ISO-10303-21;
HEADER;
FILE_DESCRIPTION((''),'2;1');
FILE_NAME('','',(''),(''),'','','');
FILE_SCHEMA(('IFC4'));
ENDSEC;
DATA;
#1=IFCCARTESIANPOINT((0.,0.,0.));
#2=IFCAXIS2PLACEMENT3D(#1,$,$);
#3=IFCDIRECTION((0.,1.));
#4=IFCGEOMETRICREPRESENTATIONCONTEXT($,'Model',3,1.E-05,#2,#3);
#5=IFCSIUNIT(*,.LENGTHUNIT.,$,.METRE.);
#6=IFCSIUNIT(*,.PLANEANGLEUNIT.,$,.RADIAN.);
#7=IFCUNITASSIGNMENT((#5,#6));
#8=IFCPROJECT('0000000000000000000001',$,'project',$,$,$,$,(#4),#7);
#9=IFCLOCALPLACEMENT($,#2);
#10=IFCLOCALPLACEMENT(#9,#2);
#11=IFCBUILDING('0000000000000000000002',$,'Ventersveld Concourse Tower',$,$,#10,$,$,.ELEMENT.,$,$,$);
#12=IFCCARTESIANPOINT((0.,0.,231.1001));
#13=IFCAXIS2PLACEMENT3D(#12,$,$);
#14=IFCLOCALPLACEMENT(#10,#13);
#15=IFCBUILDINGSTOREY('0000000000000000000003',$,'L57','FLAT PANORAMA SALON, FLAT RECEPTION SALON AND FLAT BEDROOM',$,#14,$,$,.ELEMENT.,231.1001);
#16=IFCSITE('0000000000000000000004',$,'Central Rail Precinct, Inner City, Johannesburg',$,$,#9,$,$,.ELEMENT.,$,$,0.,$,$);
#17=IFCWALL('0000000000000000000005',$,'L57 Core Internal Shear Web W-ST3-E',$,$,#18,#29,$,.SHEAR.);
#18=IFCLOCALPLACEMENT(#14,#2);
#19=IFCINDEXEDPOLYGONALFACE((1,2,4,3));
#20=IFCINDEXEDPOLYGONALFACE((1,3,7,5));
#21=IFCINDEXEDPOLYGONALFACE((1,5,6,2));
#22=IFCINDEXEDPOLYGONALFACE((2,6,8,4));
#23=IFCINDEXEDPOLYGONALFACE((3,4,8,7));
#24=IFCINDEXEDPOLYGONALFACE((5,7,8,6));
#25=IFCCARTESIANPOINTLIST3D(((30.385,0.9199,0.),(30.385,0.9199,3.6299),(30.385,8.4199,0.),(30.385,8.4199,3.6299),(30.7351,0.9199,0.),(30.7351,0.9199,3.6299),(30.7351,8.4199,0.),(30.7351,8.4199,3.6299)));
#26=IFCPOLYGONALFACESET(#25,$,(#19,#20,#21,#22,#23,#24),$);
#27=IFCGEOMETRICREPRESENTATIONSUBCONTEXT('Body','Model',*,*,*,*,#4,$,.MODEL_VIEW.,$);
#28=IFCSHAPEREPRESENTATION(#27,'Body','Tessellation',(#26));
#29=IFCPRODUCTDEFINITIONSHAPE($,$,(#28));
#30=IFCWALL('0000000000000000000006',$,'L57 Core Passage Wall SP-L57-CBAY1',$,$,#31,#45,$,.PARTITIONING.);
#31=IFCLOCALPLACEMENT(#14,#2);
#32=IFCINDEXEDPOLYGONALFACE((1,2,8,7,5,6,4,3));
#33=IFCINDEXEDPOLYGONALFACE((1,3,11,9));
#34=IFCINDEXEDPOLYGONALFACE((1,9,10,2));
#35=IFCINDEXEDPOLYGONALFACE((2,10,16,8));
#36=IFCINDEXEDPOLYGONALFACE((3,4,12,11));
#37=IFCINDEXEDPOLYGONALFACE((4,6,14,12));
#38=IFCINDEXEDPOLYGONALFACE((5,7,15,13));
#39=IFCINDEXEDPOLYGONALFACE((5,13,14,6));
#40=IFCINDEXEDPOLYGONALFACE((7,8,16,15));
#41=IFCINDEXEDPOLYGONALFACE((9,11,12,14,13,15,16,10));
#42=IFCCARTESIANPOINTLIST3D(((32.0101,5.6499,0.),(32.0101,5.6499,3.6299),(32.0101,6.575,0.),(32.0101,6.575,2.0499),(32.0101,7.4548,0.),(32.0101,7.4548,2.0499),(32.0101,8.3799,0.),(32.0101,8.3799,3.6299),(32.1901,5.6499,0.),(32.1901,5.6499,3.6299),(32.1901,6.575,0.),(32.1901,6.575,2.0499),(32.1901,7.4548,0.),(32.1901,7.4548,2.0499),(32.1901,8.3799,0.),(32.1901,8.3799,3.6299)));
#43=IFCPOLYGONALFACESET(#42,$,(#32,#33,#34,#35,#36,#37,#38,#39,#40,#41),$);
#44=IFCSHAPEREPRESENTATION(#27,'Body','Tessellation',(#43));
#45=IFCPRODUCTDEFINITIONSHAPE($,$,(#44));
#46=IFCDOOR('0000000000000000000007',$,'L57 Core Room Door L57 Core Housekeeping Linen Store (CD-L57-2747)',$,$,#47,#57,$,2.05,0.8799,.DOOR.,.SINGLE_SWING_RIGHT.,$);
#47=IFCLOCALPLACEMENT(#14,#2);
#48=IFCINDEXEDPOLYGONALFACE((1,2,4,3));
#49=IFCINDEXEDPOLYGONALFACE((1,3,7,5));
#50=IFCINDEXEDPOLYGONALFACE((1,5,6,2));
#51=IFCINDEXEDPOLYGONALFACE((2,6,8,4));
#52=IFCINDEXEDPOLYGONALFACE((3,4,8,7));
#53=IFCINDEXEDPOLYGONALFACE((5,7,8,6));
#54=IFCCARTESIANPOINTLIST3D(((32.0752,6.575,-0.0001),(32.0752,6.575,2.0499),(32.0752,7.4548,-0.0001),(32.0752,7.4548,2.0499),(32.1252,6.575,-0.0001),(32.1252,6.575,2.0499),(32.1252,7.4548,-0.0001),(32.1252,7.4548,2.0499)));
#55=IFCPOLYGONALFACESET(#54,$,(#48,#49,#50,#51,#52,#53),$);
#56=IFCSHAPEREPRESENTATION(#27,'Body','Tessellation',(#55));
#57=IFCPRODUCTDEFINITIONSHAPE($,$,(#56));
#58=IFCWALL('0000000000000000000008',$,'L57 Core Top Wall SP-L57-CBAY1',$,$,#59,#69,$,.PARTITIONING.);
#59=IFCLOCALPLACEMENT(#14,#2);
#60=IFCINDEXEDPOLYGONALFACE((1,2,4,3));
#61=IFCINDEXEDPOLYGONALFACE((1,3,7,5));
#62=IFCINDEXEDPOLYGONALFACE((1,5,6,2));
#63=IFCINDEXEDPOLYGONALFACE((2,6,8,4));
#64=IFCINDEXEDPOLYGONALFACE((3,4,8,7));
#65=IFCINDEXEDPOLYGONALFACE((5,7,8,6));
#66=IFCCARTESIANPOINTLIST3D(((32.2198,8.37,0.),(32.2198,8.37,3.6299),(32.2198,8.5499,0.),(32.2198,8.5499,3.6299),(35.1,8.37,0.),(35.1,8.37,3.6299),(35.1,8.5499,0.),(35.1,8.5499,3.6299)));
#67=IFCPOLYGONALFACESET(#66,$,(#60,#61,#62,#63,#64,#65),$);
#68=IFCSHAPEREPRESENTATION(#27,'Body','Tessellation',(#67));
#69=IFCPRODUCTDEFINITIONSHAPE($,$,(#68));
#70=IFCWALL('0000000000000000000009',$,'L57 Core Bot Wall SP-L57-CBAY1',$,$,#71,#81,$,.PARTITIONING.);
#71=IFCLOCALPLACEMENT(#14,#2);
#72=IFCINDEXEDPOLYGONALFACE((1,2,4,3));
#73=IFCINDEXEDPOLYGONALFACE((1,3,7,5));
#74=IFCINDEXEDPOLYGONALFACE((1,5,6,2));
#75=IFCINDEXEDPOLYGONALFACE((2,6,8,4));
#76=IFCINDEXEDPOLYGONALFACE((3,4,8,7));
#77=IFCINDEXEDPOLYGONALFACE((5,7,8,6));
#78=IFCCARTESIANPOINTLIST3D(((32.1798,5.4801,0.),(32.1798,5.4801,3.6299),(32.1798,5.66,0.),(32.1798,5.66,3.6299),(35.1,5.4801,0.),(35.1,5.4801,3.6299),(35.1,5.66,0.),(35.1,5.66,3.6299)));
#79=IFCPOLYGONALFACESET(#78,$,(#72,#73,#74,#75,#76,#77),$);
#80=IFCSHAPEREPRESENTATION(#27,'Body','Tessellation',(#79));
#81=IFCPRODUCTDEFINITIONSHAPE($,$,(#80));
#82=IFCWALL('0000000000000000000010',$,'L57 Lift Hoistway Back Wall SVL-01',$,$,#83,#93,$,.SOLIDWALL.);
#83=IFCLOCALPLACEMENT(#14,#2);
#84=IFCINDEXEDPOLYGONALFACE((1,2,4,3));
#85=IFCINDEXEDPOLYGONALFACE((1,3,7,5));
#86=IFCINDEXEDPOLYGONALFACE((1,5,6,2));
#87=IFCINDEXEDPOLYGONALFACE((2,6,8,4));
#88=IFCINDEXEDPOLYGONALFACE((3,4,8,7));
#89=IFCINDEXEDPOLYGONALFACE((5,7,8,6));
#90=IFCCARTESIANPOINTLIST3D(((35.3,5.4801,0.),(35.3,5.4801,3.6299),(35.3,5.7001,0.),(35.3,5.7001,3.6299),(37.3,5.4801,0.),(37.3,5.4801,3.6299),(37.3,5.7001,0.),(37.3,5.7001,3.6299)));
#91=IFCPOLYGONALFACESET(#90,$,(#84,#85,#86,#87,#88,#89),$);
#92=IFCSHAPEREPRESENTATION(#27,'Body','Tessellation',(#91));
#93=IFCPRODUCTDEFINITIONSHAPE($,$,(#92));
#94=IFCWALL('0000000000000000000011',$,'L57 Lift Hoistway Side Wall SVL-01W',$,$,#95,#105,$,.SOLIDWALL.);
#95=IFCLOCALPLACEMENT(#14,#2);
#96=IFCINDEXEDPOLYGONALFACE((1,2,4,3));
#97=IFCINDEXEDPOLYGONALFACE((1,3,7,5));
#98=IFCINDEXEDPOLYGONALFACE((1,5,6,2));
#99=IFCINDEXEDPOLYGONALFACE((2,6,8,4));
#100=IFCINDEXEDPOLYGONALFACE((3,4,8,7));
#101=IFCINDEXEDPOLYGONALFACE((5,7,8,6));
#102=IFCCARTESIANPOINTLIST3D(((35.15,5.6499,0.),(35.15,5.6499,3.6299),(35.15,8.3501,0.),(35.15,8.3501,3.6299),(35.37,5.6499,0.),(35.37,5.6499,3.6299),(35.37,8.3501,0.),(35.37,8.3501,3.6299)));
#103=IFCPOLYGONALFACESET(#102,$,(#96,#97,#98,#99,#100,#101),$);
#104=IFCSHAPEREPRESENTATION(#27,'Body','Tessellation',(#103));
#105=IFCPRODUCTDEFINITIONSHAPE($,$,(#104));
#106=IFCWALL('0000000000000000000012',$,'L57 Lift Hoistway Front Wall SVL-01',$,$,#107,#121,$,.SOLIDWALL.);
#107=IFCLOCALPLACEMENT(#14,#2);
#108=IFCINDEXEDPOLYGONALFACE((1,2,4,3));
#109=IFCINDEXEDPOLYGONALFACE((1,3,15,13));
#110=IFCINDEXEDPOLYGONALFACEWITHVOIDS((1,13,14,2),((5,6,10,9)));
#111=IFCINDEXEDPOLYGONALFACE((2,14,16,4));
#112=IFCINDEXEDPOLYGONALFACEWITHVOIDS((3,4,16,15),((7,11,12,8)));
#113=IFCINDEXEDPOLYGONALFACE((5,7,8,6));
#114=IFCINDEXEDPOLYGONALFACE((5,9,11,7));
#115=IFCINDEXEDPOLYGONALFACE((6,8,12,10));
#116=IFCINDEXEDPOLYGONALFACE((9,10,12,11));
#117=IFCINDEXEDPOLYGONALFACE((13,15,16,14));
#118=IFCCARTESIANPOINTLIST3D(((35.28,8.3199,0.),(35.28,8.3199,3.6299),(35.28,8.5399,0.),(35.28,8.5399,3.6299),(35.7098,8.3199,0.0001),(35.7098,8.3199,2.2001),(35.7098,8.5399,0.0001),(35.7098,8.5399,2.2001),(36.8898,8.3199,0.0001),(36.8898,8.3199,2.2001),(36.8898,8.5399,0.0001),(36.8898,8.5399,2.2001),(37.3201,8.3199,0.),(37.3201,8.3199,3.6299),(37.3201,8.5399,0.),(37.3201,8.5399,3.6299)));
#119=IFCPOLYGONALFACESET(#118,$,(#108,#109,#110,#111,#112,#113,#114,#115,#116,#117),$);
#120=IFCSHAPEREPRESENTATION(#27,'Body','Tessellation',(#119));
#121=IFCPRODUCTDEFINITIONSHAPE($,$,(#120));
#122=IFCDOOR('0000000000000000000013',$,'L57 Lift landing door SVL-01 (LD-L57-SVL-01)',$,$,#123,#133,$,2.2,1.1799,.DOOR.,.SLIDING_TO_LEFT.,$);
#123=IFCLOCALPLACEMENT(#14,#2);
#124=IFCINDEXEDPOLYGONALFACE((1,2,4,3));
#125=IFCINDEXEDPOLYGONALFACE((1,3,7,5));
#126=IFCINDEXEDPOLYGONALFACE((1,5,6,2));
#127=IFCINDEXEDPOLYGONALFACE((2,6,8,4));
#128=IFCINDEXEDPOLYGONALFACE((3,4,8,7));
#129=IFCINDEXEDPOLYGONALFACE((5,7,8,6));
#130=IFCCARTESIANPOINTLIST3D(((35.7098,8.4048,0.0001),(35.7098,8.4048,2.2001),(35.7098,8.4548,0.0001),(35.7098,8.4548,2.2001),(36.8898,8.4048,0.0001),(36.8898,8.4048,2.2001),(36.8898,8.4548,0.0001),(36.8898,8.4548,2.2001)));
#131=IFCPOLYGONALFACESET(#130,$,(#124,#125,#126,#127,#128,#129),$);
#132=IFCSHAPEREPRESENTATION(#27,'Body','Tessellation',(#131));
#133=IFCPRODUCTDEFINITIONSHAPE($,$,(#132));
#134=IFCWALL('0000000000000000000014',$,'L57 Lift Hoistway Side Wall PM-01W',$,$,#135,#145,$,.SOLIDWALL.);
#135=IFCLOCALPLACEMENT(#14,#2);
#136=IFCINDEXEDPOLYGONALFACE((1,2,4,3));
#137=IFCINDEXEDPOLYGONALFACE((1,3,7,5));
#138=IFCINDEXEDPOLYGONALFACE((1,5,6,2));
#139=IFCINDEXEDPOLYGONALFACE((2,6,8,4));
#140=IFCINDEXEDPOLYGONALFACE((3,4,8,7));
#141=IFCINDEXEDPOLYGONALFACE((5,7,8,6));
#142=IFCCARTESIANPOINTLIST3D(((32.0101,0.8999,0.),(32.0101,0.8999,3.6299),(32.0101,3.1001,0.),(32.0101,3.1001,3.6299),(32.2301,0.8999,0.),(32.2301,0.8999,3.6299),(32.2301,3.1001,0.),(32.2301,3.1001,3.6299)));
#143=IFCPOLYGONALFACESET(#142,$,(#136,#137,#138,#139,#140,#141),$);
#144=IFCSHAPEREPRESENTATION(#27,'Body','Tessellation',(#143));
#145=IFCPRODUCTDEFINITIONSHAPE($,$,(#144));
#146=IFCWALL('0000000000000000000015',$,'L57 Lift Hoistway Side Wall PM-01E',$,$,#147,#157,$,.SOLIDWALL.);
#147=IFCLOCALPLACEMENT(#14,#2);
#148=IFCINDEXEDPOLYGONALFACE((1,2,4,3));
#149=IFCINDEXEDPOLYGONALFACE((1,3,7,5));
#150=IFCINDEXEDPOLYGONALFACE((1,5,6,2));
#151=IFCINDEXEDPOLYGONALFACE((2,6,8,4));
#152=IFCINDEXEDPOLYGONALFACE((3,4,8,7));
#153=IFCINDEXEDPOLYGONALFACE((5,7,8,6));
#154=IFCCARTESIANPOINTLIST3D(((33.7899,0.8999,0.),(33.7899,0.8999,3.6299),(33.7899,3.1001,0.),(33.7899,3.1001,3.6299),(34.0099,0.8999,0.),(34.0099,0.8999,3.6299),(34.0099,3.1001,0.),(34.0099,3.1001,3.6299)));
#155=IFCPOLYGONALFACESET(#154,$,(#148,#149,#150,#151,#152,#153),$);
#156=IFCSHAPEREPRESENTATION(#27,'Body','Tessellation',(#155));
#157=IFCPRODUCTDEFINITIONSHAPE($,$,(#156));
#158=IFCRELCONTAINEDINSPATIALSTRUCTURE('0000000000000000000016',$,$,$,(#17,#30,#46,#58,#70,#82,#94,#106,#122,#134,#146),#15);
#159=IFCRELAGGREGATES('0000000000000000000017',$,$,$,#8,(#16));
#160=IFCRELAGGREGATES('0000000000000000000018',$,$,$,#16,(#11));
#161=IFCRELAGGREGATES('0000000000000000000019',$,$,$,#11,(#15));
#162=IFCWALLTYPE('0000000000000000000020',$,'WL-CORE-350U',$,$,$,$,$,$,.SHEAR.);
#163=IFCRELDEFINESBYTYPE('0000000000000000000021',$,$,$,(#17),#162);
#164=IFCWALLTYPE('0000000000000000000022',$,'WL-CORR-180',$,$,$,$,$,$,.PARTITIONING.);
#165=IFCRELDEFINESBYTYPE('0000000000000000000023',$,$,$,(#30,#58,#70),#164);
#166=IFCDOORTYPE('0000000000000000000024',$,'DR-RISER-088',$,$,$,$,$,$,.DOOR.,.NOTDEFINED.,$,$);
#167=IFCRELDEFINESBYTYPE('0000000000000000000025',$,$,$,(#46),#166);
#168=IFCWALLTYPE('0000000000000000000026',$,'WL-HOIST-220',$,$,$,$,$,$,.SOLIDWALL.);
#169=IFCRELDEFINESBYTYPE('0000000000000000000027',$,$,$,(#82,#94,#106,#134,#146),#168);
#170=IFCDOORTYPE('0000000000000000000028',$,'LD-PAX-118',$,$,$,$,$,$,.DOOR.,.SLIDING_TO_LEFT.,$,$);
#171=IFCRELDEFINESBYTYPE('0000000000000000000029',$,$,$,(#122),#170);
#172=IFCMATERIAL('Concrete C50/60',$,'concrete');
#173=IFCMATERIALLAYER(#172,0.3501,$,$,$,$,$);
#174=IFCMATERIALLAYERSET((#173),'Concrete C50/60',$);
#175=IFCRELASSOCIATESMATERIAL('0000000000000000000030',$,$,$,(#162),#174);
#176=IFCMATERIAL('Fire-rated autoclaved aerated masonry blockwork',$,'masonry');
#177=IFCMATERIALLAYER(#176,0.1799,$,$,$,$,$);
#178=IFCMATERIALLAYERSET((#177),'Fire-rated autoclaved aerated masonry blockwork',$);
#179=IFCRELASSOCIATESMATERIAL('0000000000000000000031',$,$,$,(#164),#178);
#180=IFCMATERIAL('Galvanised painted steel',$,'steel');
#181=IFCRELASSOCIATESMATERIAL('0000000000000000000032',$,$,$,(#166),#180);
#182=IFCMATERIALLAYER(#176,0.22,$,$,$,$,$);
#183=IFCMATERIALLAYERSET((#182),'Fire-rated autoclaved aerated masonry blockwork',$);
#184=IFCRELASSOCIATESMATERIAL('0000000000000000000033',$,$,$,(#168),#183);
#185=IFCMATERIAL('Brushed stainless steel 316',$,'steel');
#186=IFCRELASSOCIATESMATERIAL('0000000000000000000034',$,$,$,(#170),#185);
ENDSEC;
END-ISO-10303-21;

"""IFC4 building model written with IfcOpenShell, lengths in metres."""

from ifc_helpers import new_model, si_unit, direction, frame, frame_2d, origin, place, context, subcontext, project, spatial, rectangle, extrude, material, layer, layer_set, type_object, element, fill, save


model = new_model("IFC4")

# Units and contexts
model_context = context("Model", 3, precision=1e-05, world=origin(), true_north=direction((0.0, 1.0)))
body_context = subcontext(model_context, "Body", "Model", "MODEL_VIEW")
ifc_project = project(units=[si_unit("LENGTHUNIT", "METRE"), si_unit("PLANEANGLEUNIT", "RADIAN")], contexts=[model_context])

# Site, building, storey
site_placement = place(None, origin())
site = spatial("IfcSite", under=ifc_project, at=site_placement, Name="Central Rail Precinct, Inner City, Johannesburg", CompositionType="ELEMENT", RefElevation=0.0)
building_placement = place(site_placement, origin())
building = spatial("IfcBuilding", under=site, at=building_placement, Name="Ventersveld Concourse Tower", CompositionType="ELEMENT")
storey_placement = place(building_placement, frame((0.0, 0.0, 231.1001)))
storey = spatial("IfcBuildingStorey", under=building, at=storey_placement, Name="L57", Description="FLAT PANORAMA SALON, FLAT RECEPTION SALON AND FLAT BEDROOM", CompositionType="ELEMENT", Elevation=231.1001)

# Wall
ifc_material_1 = material(Name="Concrete C50/60", Category="concrete")
ifc_layer_1 = layer(ifc_material_1, 0.3501)
ifc_layer_set_1 = layer_set([ifc_layer_1], Name="Concrete C50/60")
wall_type_1 = type_object("IfcWallType", Name="WL-CORE-350U", PredefinedType="SHEAR", material=ifc_layer_set_1)
wall_1_placement = place(storey_placement, frame((30.5601, 0.9199, 0.0), z_axis=(0.0, 0.0, 1.0), x_axis=(0.0, 1.0, 0.0)))
element("IfcWall", 1, at=wall_1_placement, inside=storey, type_object=wall_type_1, Name="L57 Core Internal Shear Web W-ST3-E", PredefinedType="SHEAR", context=body_context, shape_type="SweptSolid", body=[
    extrude(rectangle(XDim=7.5, YDim=0.3501, at=frame_2d((3.75, 0.0))), origin(), (0.0, 0.0, 1.0), 3.6299),
])

# Wall, opening, door
ifc_material_2 = material(Name="Fire-rated autoclaved aerated masonry blockwork", Category="masonry")
ifc_layer_2 = layer(ifc_material_2, 0.1799)
ifc_layer_set_2 = layer_set([ifc_layer_2], Name="Fire-rated autoclaved aerated masonry blockwork")
wall_type_2 = type_object("IfcWallType", Name="WL-CORR-180", PredefinedType="PARTITIONING", material=ifc_layer_set_2)
wall_2_placement = place(storey_placement, frame((32.1001, 5.6499, 0.0), z_axis=(0.0, 0.0, 1.0), x_axis=(0.0, 1.0, 0.0)))
wall_2 = element("IfcWall", 2, at=wall_2_placement, inside=storey, type_object=wall_type_2, Name="L57 Core Passage Wall SP-L57-CBAY1", PredefinedType="PARTITIONING", context=body_context, shape_type="SweptSolid", body=[
    extrude(rectangle(XDim=2.73, YDim=0.1799, at=frame_2d((1.365, 0.0))), origin(), (0.0, 0.0, 1.0), 3.6299),
])
opening_1_placement = place(wall_2_placement, frame((0.925, 0.0, 0.0)))
opening_1 = element("IfcOpeningElement", 3, at=opening_1_placement, cuts=wall_2, PredefinedType="OPENING", context=body_context, shape_type="SweptSolid", body=[
    extrude(rectangle(XDim=0.8799, YDim=2.05, at=frame_2d((0.4399, 1.0249))), frame((0.0, 0.1001, 0.0), z_axis=(0.0, -1.0, 0.0), x_axis=(1.0, 0.0, 0.0)), (0.0, 0.0, 1.0), 0.2),
])
ifc_material_3 = material(Name="Galvanised painted steel", Category="steel")
door_type_1 = type_object("IfcDoorType", Name="DR-RISER-088", OperationType="NOTDEFINED", PredefinedType="DOOR", material=ifc_material_3)
door_1_placement = place(opening_1_placement, origin())
door_1 = element("IfcDoor", 4, at=door_1_placement, inside=storey, type_object=door_type_1, Name="L57 Core Room Door L57 Core Housekeeping Linen Store (CD-L57-2747)", OperationType="SINGLE_SWING_RIGHT", OverallHeight=2.05, OverallWidth=0.8799, PredefinedType="DOOR", context=body_context, shape_type="SweptSolid", body=[
    extrude(rectangle(XDim=0.8799, YDim=2.05, at=frame_2d((0.4399, 1.0249))), frame((0.0, 0.0249, 0.0), z_axis=(0.0, -1.0, 0.0), x_axis=(1.0, 0.0, 0.0)), (0.0, 0.0, 1.0), 0.05),
])
fill(opening_1, door_1)

# Walls
wall_3_placement = place(storey_placement, frame((32.22, 8.46, 0.0), z_axis=(0.0, 0.0, 1.0), x_axis=(1.0, 0.0, 0.0)))
element("IfcWall", 5, at=wall_3_placement, inside=storey, type_object=wall_type_2, Name="L57 Core Top Wall SP-L57-CBAY1", PredefinedType="PARTITIONING", context=body_context, shape_type="SweptSolid", body=[
    extrude(rectangle(XDim=2.8801, YDim=0.1799, at=frame_2d((1.4399, 0.0))), origin(), (0.0, 0.0, 1.0), 3.6299),
])
wall_4_placement = place(storey_placement, frame((32.1799, 5.5701, 0.0), z_axis=(0.0, 0.0, 1.0), x_axis=(1.0, 0.0, 0.0)))
element("IfcWall", 6, at=wall_4_placement, inside=storey, type_object=wall_type_2, Name="L57 Core Bot Wall SP-L57-CBAY1", PredefinedType="PARTITIONING", context=body_context, shape_type="SweptSolid", body=[
    extrude(rectangle(XDim=2.9202, YDim=0.1799, at=frame_2d((1.46, 0.0))), origin(), (0.0, 0.0, 1.0), 3.6299),
])
ifc_layer_3 = layer(ifc_material_2, 0.22)
ifc_layer_set_3 = layer_set([ifc_layer_3], Name="Fire-rated autoclaved aerated masonry blockwork")
wall_type_3 = type_object("IfcWallType", Name="WL-HOIST-220", PredefinedType="SOLIDWALL", material=ifc_layer_set_3)
wall_5_placement = place(storey_placement, frame((35.3, 5.5901, 0.0), z_axis=(0.0, 0.0, 1.0), x_axis=(1.0, 0.0, 0.0)))
element("IfcWall", 7, at=wall_5_placement, inside=storey, type_object=wall_type_3, Name="L57 Lift Hoistway Back Wall SVL-01", PredefinedType="SOLIDWALL", context=body_context, shape_type="SweptSolid", body=[
    extrude(rectangle(XDim=2.0, YDim=0.22, at=frame_2d((1.0, 0.0))), origin(), (0.0, 0.0, 1.0), 3.6299),
])
wall_6_placement = place(storey_placement, frame((35.26, 5.6499, 0.0), z_axis=(0.0, 0.0, 1.0), x_axis=(0.0, 1.0, 0.0)))
element("IfcWall", 8, at=wall_6_placement, inside=storey, type_object=wall_type_3, Name="L57 Lift Hoistway Side Wall SVL-01W", PredefinedType="SOLIDWALL", context=body_context, shape_type="SweptSolid", body=[
    extrude(rectangle(XDim=2.7002, YDim=0.22, at=frame_2d((1.3501, 0.0))), origin(), (0.0, 0.0, 1.0), 3.6299),
])

# Wall, opening, door
wall_7_placement = place(storey_placement, frame((35.28, 8.4299, 0.0), z_axis=(0.0, 0.0, 1.0), x_axis=(1.0, 0.0, 0.0)))
wall_7 = element("IfcWall", 9, at=wall_7_placement, inside=storey, type_object=wall_type_3, Name="L57 Lift Hoistway Front Wall SVL-01", PredefinedType="SOLIDWALL", context=body_context, shape_type="SweptSolid", body=[
    extrude(rectangle(XDim=2.04, YDim=0.22, at=frame_2d((1.02, 0.0))), origin(), (0.0, 0.0, 1.0), 3.6299),
])
opening_2_placement = place(wall_7_placement, frame((0.4299, 0.0, 0.0)))
opening_2 = element("IfcOpeningElement", 10, at=opening_2_placement, cuts=wall_7, PredefinedType="OPENING", context=body_context, shape_type="SweptSolid", body=[
    extrude(rectangle(XDim=1.1799, YDim=2.2, at=frame_2d((0.5898, 1.1001))), frame((0.0, 0.1201, 0.0), z_axis=(0.0, -1.0, 0.0), x_axis=(1.0, 0.0, 0.0)), (0.0, 0.0, 1.0), 0.24),
])
ifc_material_4 = material(Name="Brushed stainless steel 316", Category="steel")
door_type_2 = type_object("IfcDoorType", Name="LD-PAX-118", OperationType="SLIDING_TO_LEFT", PredefinedType="DOOR", material=ifc_material_4)
door_2_placement = place(opening_2_placement, origin())
door_2 = element("IfcDoor", 11, at=door_2_placement, inside=storey, type_object=door_type_2, Name="L57 Lift landing door SVL-01 (LD-L57-SVL-01)", OperationType="SLIDING_TO_LEFT", OverallHeight=2.2, OverallWidth=1.1799, PredefinedType="DOOR", context=body_context, shape_type="SweptSolid", body=[
    extrude(rectangle(XDim=1.1799, YDim=2.2, at=frame_2d((0.5898, 1.1001))), frame((0.0, 0.0249, 0.0), z_axis=(0.0, -1.0, 0.0), x_axis=(1.0, 0.0, 0.0)), (0.0, 0.0, 1.0), 0.05),
])
fill(opening_2, door_2)

# Walls
for number, where, z_axis, x_axis, name in (
    (12, (32.1201, 0.8999, 0.0), (0.0, 0.0, 1.0), (0.0, 1.0, 0.0), "L57 Lift Hoistway Side Wall PM-01W"),
    (13, (33.8999, 0.8999, 0.0), (0.0, 0.0, 1.0), (0.0, 1.0, 0.0), "L57 Lift Hoistway Side Wall PM-01E"),
):
    element("IfcWall", number, at=place(storey_placement, frame(where, z_axis=z_axis, x_axis=x_axis)), inside=storey, type_object=wall_type_3, Name=name, PredefinedType="SOLIDWALL", context=body_context, shape_type="SweptSolid", body=[
        extrude(rectangle(XDim=2.2002, YDim=0.22, at=frame_2d((1.1001, 0.0))), origin(), (0.0, 0.0, 1.0), 3.6299),
    ])

save(model, "model.ifc")
